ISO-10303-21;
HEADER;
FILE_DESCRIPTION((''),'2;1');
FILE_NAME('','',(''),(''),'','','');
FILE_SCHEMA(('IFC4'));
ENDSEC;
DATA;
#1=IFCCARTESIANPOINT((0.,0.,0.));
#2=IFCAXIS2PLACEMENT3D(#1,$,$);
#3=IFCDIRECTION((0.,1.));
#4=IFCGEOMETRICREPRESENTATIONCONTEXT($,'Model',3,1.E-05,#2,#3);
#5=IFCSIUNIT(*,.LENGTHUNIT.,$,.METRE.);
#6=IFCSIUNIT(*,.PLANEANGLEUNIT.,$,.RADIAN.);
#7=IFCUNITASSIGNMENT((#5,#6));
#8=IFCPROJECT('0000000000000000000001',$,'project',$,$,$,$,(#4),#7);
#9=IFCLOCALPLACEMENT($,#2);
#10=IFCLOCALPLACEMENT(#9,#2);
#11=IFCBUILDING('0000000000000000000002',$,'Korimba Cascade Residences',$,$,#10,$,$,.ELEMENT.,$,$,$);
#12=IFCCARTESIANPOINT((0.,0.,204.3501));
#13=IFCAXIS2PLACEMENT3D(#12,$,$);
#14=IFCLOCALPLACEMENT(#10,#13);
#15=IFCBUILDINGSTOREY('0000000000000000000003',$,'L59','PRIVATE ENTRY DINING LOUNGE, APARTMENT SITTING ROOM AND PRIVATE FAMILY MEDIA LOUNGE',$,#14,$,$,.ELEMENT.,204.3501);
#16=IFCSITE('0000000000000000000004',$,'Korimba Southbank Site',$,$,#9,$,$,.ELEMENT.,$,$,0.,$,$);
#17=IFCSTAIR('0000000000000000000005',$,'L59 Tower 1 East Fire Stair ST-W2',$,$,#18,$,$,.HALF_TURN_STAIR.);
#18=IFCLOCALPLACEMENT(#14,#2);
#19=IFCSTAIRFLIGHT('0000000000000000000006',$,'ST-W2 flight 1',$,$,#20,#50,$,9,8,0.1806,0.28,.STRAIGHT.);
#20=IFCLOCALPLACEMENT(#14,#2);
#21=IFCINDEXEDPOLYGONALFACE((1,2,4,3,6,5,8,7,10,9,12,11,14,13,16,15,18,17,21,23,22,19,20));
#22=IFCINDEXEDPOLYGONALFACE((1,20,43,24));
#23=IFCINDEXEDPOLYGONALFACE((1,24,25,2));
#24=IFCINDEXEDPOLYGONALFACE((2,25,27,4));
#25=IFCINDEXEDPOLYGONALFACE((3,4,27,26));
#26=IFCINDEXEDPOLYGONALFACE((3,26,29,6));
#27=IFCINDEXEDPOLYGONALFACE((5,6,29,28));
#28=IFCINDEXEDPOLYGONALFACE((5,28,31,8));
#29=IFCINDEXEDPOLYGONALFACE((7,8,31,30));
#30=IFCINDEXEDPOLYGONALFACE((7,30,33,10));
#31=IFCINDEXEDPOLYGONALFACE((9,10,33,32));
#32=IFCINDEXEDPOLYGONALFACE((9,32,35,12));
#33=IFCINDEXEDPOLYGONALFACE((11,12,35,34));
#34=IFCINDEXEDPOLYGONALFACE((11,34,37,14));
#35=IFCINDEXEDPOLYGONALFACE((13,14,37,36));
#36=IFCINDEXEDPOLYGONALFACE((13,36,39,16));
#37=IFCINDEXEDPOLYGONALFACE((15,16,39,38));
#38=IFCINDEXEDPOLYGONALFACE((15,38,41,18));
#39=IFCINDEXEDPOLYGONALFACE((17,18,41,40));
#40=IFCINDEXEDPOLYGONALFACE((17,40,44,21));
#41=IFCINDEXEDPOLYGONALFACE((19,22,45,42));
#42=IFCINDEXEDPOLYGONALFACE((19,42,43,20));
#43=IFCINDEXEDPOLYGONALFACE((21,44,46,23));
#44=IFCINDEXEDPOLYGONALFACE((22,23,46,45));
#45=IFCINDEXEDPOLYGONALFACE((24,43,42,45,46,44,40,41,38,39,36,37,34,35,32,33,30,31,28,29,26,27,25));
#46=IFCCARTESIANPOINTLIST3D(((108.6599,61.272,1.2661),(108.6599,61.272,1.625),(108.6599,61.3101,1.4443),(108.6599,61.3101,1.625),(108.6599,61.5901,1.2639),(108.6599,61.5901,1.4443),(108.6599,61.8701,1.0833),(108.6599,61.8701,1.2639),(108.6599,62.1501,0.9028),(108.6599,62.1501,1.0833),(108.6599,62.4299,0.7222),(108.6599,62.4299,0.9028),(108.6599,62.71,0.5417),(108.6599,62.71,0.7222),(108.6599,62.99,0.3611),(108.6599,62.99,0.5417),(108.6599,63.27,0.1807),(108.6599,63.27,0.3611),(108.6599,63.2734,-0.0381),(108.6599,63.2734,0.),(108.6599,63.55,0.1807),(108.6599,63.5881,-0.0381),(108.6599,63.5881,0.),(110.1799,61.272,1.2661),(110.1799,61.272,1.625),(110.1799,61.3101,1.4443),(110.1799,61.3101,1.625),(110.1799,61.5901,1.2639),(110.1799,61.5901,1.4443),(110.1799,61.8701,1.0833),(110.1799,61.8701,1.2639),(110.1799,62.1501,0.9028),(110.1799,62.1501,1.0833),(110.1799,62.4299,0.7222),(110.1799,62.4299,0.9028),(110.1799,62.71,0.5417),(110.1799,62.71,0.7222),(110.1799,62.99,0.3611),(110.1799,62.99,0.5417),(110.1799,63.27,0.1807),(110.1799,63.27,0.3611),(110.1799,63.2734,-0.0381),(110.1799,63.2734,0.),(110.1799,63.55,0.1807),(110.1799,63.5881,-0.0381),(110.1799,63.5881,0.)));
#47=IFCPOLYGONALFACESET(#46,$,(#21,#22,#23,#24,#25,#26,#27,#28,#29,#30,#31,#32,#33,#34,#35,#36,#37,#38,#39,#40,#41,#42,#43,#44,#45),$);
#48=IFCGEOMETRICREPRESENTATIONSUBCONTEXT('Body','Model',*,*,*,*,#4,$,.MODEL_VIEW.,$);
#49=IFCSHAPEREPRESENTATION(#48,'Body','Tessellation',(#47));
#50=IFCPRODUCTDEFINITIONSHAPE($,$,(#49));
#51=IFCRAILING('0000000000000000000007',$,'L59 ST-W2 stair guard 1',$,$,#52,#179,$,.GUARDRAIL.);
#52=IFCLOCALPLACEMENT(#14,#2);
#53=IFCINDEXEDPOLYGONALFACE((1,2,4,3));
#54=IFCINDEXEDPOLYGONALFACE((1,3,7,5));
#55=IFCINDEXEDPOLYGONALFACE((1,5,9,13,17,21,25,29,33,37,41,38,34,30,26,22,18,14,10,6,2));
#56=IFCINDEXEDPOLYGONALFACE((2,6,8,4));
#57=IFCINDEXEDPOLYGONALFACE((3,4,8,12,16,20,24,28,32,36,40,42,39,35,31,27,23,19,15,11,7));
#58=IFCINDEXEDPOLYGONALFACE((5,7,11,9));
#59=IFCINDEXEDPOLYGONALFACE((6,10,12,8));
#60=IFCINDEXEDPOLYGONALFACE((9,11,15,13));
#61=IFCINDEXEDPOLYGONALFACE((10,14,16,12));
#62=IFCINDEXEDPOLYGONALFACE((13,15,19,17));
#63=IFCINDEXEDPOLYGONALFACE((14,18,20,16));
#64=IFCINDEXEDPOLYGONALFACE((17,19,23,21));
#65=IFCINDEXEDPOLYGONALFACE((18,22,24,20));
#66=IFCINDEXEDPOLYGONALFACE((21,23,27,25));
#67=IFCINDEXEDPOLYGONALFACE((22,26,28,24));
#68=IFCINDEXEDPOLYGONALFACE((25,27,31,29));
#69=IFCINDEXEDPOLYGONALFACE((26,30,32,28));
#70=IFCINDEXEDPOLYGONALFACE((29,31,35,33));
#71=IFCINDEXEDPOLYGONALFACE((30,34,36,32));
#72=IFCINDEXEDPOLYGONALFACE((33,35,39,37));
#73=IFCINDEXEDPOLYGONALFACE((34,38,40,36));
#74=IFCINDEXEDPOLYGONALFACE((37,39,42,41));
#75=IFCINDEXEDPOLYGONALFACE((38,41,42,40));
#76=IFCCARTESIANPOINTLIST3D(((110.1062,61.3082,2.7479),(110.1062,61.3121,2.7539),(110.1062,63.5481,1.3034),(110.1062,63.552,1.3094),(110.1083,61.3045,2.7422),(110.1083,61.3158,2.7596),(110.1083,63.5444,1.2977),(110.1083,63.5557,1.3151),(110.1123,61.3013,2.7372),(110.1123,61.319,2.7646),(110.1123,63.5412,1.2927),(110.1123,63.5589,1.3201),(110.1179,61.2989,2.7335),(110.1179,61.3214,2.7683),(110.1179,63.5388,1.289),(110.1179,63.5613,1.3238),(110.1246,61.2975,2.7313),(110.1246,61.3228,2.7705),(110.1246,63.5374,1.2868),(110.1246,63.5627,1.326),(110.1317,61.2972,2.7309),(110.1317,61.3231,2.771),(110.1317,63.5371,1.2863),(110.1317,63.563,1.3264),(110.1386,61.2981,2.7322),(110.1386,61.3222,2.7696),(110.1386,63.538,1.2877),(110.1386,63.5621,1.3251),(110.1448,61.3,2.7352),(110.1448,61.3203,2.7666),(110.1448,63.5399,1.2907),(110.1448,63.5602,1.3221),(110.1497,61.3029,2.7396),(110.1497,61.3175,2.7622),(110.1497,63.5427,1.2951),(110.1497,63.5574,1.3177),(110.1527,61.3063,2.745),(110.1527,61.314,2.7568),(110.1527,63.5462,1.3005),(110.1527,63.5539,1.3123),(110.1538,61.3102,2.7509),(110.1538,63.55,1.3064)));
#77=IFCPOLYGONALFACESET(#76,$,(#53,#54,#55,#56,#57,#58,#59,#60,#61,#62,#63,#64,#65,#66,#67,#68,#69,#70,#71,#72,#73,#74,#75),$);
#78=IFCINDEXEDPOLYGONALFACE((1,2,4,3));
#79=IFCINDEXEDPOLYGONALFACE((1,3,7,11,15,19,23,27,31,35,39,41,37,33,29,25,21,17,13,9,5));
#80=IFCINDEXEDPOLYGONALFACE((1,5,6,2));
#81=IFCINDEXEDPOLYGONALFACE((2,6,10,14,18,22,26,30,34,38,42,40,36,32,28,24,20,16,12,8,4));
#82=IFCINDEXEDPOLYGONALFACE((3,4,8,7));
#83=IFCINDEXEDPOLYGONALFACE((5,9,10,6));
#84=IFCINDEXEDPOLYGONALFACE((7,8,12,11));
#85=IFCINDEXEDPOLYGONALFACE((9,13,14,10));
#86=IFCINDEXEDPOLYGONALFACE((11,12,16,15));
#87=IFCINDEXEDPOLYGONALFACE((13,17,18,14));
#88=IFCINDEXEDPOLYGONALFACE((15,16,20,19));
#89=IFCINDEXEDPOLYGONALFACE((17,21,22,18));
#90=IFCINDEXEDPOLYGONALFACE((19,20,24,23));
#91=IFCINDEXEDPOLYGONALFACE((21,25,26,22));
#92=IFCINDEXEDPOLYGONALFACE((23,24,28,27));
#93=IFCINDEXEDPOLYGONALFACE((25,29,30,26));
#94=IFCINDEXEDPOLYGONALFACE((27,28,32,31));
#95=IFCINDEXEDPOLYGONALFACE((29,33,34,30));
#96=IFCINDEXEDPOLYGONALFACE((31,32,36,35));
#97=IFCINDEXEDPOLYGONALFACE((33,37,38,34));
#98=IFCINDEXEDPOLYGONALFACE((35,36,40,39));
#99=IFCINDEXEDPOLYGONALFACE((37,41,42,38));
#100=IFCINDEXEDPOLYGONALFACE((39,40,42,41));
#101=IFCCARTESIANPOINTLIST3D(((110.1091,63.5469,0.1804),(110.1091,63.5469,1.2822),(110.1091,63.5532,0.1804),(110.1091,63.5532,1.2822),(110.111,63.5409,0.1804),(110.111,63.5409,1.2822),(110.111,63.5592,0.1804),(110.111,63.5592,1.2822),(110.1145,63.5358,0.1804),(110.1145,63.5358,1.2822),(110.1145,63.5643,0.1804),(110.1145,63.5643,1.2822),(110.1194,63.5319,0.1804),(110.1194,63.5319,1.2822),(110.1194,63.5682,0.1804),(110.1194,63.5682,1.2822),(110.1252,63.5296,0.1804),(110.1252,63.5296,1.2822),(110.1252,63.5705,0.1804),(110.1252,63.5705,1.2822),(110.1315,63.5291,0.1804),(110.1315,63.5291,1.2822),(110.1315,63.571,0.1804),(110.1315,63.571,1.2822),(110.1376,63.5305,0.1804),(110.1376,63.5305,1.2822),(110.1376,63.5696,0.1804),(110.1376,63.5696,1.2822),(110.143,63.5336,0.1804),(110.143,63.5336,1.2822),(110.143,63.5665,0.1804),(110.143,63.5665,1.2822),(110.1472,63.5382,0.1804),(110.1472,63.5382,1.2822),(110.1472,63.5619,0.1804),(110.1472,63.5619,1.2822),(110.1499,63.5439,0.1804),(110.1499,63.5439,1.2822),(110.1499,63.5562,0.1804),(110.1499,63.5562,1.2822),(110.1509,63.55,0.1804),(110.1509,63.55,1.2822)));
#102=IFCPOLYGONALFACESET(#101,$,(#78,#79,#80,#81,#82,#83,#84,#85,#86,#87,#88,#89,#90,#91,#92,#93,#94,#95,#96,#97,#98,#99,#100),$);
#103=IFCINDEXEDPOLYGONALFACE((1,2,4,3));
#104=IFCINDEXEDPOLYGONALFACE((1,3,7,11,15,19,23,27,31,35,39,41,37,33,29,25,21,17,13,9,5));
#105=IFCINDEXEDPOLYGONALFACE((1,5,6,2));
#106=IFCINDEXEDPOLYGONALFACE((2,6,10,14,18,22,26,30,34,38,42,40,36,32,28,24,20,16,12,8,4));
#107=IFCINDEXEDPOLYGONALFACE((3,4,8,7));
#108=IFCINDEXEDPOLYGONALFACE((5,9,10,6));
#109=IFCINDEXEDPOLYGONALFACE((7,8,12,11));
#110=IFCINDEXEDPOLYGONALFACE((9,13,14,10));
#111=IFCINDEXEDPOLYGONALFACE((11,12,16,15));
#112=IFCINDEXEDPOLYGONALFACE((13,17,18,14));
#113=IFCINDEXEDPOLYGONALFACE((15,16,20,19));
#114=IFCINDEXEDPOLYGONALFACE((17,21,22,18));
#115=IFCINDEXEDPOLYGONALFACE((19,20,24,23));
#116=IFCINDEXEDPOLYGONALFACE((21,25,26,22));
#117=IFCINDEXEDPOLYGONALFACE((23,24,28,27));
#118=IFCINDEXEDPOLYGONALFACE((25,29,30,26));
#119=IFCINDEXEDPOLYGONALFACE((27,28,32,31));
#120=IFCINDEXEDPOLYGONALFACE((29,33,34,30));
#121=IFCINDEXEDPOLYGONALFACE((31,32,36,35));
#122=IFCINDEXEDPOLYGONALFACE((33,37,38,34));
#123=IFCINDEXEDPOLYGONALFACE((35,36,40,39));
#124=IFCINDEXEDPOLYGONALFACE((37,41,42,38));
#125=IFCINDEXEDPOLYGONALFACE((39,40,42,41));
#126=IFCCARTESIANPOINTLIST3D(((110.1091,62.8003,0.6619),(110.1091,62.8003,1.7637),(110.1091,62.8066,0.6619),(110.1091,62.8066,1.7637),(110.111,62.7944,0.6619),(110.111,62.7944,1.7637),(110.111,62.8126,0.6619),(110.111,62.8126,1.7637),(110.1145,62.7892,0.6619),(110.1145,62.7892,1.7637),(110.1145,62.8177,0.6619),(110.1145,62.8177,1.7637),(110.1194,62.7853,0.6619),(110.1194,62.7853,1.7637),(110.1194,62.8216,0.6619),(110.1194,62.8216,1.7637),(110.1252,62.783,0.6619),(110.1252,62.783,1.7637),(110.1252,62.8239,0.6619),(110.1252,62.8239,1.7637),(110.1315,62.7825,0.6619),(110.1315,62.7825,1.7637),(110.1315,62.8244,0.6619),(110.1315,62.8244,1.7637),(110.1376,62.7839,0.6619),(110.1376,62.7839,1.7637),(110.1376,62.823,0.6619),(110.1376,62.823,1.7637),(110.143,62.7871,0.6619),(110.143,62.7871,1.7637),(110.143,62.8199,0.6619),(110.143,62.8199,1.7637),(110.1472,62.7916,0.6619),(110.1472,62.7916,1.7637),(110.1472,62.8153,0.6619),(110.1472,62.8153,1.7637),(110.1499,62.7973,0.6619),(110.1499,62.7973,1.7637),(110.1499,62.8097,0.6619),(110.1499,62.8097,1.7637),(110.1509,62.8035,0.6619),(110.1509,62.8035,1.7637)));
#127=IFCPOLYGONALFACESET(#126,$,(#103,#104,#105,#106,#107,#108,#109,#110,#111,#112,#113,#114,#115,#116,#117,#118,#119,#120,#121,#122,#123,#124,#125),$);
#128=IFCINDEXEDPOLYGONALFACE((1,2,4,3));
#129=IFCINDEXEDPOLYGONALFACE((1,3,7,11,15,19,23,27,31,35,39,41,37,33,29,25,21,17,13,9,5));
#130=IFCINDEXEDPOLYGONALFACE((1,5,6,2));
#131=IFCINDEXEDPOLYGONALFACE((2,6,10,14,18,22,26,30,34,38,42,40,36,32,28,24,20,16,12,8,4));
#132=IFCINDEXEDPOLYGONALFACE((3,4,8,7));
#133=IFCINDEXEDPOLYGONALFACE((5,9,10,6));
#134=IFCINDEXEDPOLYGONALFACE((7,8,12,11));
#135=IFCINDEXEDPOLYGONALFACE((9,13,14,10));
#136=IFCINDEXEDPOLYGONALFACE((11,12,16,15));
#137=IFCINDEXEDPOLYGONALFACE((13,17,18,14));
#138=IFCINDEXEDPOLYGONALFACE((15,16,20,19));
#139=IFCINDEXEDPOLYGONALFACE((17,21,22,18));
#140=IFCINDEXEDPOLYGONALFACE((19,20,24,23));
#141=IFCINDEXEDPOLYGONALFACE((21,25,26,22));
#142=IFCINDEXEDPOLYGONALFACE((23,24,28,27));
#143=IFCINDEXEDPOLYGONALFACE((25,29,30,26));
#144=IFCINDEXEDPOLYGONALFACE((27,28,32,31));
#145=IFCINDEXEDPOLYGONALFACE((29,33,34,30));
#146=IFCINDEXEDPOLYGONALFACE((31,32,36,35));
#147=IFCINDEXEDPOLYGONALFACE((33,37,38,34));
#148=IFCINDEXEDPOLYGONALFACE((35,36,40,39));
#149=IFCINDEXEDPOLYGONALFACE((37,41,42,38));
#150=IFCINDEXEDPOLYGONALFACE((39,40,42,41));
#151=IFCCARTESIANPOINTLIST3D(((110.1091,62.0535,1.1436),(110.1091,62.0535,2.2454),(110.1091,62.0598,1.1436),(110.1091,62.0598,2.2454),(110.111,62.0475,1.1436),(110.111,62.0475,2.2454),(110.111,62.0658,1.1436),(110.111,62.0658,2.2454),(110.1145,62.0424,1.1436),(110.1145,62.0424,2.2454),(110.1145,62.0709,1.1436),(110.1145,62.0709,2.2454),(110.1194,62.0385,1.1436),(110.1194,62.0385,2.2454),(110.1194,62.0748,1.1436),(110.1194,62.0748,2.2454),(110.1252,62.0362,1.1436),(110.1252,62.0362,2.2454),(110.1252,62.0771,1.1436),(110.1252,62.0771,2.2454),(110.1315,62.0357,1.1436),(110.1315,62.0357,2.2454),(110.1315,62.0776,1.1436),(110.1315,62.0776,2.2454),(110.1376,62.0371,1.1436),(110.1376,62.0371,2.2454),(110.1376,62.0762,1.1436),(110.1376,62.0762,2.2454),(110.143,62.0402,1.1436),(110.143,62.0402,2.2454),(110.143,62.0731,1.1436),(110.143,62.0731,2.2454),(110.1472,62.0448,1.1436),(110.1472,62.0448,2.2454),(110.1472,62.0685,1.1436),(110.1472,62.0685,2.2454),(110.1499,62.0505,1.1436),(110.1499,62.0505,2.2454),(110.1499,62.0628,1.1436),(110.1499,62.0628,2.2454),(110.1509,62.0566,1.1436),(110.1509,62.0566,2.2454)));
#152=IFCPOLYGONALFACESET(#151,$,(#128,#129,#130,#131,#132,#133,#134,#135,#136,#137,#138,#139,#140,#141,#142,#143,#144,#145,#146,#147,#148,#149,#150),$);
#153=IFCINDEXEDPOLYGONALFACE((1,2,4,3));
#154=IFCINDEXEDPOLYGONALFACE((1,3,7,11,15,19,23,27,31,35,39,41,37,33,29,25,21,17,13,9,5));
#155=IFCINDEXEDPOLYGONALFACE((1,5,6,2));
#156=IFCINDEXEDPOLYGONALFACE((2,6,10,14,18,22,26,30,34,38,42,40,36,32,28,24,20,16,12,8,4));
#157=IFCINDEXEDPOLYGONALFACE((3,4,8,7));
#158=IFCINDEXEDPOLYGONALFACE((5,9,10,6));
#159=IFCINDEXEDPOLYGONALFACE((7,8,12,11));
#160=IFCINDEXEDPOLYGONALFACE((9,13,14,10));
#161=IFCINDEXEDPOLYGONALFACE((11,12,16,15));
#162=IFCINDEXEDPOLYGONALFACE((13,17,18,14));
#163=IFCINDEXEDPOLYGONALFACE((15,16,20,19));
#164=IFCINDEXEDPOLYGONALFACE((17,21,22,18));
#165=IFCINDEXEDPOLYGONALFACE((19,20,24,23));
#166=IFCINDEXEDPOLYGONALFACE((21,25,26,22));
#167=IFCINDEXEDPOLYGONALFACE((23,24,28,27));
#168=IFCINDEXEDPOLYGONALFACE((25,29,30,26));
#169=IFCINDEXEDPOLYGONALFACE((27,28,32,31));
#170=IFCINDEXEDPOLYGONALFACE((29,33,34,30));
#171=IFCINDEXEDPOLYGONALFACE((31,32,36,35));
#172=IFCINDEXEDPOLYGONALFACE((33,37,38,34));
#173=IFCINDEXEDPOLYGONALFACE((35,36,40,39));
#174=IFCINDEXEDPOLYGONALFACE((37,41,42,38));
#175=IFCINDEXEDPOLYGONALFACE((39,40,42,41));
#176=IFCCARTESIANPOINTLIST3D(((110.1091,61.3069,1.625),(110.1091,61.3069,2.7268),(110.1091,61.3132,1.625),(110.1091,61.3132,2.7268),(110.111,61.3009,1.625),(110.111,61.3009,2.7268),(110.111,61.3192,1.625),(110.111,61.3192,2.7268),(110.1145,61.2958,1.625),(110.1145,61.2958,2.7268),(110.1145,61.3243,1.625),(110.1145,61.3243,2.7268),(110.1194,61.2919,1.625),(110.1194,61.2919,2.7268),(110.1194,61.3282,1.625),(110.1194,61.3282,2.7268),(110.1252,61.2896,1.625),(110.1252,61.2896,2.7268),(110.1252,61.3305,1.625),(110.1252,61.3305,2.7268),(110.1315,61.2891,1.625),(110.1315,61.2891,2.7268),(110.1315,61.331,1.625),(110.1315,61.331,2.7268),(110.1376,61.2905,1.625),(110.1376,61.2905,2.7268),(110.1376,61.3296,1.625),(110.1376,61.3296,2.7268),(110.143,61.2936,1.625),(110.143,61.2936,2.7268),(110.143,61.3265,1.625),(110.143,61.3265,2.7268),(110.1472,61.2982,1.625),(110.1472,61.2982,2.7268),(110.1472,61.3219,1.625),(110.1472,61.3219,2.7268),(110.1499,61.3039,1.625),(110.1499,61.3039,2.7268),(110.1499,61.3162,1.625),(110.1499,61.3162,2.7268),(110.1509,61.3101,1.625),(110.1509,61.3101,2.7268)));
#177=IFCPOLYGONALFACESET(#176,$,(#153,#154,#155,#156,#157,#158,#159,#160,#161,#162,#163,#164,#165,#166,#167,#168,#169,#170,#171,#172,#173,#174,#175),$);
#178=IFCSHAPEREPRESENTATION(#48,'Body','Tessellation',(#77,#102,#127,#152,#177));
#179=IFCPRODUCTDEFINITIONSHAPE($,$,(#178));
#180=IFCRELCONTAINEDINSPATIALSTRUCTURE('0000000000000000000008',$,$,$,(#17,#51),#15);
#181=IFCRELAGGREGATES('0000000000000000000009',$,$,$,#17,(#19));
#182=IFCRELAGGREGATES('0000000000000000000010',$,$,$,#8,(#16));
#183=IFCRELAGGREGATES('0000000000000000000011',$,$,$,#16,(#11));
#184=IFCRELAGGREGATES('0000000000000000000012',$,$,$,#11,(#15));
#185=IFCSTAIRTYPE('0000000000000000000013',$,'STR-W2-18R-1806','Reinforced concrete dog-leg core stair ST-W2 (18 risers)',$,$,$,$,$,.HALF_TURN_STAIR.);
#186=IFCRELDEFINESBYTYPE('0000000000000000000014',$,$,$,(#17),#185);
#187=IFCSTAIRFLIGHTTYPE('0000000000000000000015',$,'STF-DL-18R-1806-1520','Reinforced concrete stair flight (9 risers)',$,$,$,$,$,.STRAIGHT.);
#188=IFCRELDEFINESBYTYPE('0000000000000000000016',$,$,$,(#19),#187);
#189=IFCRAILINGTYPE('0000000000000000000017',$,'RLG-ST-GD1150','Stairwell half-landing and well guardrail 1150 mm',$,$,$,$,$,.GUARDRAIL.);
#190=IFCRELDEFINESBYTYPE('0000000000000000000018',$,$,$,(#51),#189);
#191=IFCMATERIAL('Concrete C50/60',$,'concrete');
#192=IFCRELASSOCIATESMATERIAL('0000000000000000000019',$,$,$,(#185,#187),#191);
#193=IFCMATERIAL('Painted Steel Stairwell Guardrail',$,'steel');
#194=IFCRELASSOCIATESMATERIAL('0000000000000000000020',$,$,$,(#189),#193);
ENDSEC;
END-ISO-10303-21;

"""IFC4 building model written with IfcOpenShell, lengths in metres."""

from ifc_helpers import new_model, si_unit, direction, frame, origin, origin_2d, place, context, subcontext, project, spatial, polyline, circle, outline, extrude, material, type_object, element, aggregate, save


model = new_model("IFC4")

# Units and contexts
model_context = context("Model", 3, precision=1e-05, world=origin(), true_north=direction((0.0, 1.0)))
body_context = subcontext(model_context, "Body", "Model", "MODEL_VIEW")
ifc_project = project(units=[si_unit("LENGTHUNIT", "METRE"), si_unit("PLANEANGLEUNIT", "RADIAN")], contexts=[model_context])

# Site, building, storey
site_placement = place(None, origin())
site = spatial("IfcSite", under=ifc_project, at=site_placement, Name="Korimba Southbank Site", CompositionType="ELEMENT", RefElevation=0.0)
building_placement = place(site_placement, origin())
building = spatial("IfcBuilding", under=site, at=building_placement, Name="Korimba Cascade Residences", CompositionType="ELEMENT")
storey_placement = place(building_placement, frame((0.0, 0.0, 204.3501)))
storey = spatial("IfcBuildingStorey", under=building, at=storey_placement, Name="L59", Description="PRIVATE ENTRY DINING LOUNGE, APARTMENT SITTING ROOM AND PRIVATE FAMILY MEDIA LOUNGE", CompositionType="ELEMENT", Elevation=204.3501)

# Shared definitions
ifc_material_1 = material(Name="Concrete C50/60", Category="concrete")

# Stair, stair flight
stair_type = type_object("IfcStairType", Name="STR-W2-18R-1806", Description="Reinforced concrete dog-leg core stair ST-W2 (18 risers)", PredefinedType="HALF_TURN_STAIR", material=ifc_material_1)
stair_placement = place(storey_placement, origin())
stair = element("IfcStair", 1, at=stair_placement, inside=storey, type_object=stair_type, Name="L59 Tower 1 East Fire Stair ST-W2", PredefinedType="HALF_TURN_STAIR")
stair_flight_type = type_object("IfcStairFlightType", Name="STF-DL-18R-1806-1520", Description="Reinforced concrete stair flight (9 risers)", PredefinedType="STRAIGHT", material=ifc_material_1)
stair_flight_placement = place(storey_placement, frame((109.4199, 63.55, 0.0), z_axis=(0.0, 0.0, 1.0), x_axis=(0.0, -1.0, 0.0)))
stair_flight = element("IfcStairFlight", 2, at=stair_flight_placement, type_object=stair_flight_type, Name="ST-W2 flight 1", NumberOfRisers=9, NumberOfTreads=8, PredefinedType="STRAIGHT", RiserHeight=0.1806, TreadLength=0.28, context=body_context, shape_type="SweptSolid", body=[
    extrude(outline(polyline([(-0.0381, 0.0), (0.0, 0.1807), (0.28, 0.1807), (0.28, 0.3611), (0.5601, 0.3611), (0.5601, 0.5417), (0.8401, 0.5417), (0.8401, 0.7222), (1.1201, 0.7222), (1.1201, 0.9028), (1.3999, 0.9028), (1.3999, 1.0833), (1.6799, 1.0833), (1.6799, 1.2639), (1.96, 1.2639), (1.96, 1.4443), (2.24, 1.4443), (2.24, 1.625), (2.2781, 1.625), (2.2781, 1.2661), (0.2766, 0.0), (0.2766, -0.0381), (-0.0381, -0.0381), (-0.0381, 0.0)])), frame((0.0, 0.76, 0.0), z_axis=(0.0, -1.0, 0.0), x_axis=(1.0, 0.0, 0.0)), (0.0, 0.0, 1.0), 1.52),
])
aggregate(stair, [stair_flight])

# Railing
ifc_material_2 = material(Name="Painted Steel Stairwell Guardrail", Category="steel")
railing_type_1 = type_object("IfcRailingType", Name="RLG-ST-GD1150", Description="Stairwell half-landing and well guardrail 1150 mm", PredefinedType="GUARDRAIL", material=ifc_material_2)
railing_1_placement = place(storey_placement, frame((110.1299, 63.55, 0.1804)))
element("IfcRailing", 3, at=railing_1_placement, inside=storey, type_object=railing_type_1, Name="L59 ST-W2 stair guard 1", PredefinedType="GUARDRAIL", context=body_context, shape_type="SweptSolid", body=[
    extrude(circle(Radius=0.0239, at=origin_2d()), frame((0.0, 0.0, 1.126), z_axis=(0.0, -0.840395, 0.541975), x_axis=(1.0, 0.0, 0.0)), (0.0, 0.0, 1.0), 2.6653),
    extrude(circle(Radius=0.021, at=origin_2d()), origin(), (0.0, 0.0, 1.0), 1.1018),
    extrude(circle(Radius=0.021, at=origin_2d()), frame((0.0, -0.7466, 0.4814)), (0.0, 0.0, 1.0), 1.1018),
    extrude(circle(Radius=0.021, at=origin_2d()), frame((0.0, -1.4934, 0.9631)), (0.0, 0.0, 1.0), 1.1018),
    extrude(circle(Radius=0.021, at=origin_2d()), frame((0.0, -2.24, 1.4446)), (0.0, 0.0, 1.0), 1.1018),
])

save(model, "model.ifc")
